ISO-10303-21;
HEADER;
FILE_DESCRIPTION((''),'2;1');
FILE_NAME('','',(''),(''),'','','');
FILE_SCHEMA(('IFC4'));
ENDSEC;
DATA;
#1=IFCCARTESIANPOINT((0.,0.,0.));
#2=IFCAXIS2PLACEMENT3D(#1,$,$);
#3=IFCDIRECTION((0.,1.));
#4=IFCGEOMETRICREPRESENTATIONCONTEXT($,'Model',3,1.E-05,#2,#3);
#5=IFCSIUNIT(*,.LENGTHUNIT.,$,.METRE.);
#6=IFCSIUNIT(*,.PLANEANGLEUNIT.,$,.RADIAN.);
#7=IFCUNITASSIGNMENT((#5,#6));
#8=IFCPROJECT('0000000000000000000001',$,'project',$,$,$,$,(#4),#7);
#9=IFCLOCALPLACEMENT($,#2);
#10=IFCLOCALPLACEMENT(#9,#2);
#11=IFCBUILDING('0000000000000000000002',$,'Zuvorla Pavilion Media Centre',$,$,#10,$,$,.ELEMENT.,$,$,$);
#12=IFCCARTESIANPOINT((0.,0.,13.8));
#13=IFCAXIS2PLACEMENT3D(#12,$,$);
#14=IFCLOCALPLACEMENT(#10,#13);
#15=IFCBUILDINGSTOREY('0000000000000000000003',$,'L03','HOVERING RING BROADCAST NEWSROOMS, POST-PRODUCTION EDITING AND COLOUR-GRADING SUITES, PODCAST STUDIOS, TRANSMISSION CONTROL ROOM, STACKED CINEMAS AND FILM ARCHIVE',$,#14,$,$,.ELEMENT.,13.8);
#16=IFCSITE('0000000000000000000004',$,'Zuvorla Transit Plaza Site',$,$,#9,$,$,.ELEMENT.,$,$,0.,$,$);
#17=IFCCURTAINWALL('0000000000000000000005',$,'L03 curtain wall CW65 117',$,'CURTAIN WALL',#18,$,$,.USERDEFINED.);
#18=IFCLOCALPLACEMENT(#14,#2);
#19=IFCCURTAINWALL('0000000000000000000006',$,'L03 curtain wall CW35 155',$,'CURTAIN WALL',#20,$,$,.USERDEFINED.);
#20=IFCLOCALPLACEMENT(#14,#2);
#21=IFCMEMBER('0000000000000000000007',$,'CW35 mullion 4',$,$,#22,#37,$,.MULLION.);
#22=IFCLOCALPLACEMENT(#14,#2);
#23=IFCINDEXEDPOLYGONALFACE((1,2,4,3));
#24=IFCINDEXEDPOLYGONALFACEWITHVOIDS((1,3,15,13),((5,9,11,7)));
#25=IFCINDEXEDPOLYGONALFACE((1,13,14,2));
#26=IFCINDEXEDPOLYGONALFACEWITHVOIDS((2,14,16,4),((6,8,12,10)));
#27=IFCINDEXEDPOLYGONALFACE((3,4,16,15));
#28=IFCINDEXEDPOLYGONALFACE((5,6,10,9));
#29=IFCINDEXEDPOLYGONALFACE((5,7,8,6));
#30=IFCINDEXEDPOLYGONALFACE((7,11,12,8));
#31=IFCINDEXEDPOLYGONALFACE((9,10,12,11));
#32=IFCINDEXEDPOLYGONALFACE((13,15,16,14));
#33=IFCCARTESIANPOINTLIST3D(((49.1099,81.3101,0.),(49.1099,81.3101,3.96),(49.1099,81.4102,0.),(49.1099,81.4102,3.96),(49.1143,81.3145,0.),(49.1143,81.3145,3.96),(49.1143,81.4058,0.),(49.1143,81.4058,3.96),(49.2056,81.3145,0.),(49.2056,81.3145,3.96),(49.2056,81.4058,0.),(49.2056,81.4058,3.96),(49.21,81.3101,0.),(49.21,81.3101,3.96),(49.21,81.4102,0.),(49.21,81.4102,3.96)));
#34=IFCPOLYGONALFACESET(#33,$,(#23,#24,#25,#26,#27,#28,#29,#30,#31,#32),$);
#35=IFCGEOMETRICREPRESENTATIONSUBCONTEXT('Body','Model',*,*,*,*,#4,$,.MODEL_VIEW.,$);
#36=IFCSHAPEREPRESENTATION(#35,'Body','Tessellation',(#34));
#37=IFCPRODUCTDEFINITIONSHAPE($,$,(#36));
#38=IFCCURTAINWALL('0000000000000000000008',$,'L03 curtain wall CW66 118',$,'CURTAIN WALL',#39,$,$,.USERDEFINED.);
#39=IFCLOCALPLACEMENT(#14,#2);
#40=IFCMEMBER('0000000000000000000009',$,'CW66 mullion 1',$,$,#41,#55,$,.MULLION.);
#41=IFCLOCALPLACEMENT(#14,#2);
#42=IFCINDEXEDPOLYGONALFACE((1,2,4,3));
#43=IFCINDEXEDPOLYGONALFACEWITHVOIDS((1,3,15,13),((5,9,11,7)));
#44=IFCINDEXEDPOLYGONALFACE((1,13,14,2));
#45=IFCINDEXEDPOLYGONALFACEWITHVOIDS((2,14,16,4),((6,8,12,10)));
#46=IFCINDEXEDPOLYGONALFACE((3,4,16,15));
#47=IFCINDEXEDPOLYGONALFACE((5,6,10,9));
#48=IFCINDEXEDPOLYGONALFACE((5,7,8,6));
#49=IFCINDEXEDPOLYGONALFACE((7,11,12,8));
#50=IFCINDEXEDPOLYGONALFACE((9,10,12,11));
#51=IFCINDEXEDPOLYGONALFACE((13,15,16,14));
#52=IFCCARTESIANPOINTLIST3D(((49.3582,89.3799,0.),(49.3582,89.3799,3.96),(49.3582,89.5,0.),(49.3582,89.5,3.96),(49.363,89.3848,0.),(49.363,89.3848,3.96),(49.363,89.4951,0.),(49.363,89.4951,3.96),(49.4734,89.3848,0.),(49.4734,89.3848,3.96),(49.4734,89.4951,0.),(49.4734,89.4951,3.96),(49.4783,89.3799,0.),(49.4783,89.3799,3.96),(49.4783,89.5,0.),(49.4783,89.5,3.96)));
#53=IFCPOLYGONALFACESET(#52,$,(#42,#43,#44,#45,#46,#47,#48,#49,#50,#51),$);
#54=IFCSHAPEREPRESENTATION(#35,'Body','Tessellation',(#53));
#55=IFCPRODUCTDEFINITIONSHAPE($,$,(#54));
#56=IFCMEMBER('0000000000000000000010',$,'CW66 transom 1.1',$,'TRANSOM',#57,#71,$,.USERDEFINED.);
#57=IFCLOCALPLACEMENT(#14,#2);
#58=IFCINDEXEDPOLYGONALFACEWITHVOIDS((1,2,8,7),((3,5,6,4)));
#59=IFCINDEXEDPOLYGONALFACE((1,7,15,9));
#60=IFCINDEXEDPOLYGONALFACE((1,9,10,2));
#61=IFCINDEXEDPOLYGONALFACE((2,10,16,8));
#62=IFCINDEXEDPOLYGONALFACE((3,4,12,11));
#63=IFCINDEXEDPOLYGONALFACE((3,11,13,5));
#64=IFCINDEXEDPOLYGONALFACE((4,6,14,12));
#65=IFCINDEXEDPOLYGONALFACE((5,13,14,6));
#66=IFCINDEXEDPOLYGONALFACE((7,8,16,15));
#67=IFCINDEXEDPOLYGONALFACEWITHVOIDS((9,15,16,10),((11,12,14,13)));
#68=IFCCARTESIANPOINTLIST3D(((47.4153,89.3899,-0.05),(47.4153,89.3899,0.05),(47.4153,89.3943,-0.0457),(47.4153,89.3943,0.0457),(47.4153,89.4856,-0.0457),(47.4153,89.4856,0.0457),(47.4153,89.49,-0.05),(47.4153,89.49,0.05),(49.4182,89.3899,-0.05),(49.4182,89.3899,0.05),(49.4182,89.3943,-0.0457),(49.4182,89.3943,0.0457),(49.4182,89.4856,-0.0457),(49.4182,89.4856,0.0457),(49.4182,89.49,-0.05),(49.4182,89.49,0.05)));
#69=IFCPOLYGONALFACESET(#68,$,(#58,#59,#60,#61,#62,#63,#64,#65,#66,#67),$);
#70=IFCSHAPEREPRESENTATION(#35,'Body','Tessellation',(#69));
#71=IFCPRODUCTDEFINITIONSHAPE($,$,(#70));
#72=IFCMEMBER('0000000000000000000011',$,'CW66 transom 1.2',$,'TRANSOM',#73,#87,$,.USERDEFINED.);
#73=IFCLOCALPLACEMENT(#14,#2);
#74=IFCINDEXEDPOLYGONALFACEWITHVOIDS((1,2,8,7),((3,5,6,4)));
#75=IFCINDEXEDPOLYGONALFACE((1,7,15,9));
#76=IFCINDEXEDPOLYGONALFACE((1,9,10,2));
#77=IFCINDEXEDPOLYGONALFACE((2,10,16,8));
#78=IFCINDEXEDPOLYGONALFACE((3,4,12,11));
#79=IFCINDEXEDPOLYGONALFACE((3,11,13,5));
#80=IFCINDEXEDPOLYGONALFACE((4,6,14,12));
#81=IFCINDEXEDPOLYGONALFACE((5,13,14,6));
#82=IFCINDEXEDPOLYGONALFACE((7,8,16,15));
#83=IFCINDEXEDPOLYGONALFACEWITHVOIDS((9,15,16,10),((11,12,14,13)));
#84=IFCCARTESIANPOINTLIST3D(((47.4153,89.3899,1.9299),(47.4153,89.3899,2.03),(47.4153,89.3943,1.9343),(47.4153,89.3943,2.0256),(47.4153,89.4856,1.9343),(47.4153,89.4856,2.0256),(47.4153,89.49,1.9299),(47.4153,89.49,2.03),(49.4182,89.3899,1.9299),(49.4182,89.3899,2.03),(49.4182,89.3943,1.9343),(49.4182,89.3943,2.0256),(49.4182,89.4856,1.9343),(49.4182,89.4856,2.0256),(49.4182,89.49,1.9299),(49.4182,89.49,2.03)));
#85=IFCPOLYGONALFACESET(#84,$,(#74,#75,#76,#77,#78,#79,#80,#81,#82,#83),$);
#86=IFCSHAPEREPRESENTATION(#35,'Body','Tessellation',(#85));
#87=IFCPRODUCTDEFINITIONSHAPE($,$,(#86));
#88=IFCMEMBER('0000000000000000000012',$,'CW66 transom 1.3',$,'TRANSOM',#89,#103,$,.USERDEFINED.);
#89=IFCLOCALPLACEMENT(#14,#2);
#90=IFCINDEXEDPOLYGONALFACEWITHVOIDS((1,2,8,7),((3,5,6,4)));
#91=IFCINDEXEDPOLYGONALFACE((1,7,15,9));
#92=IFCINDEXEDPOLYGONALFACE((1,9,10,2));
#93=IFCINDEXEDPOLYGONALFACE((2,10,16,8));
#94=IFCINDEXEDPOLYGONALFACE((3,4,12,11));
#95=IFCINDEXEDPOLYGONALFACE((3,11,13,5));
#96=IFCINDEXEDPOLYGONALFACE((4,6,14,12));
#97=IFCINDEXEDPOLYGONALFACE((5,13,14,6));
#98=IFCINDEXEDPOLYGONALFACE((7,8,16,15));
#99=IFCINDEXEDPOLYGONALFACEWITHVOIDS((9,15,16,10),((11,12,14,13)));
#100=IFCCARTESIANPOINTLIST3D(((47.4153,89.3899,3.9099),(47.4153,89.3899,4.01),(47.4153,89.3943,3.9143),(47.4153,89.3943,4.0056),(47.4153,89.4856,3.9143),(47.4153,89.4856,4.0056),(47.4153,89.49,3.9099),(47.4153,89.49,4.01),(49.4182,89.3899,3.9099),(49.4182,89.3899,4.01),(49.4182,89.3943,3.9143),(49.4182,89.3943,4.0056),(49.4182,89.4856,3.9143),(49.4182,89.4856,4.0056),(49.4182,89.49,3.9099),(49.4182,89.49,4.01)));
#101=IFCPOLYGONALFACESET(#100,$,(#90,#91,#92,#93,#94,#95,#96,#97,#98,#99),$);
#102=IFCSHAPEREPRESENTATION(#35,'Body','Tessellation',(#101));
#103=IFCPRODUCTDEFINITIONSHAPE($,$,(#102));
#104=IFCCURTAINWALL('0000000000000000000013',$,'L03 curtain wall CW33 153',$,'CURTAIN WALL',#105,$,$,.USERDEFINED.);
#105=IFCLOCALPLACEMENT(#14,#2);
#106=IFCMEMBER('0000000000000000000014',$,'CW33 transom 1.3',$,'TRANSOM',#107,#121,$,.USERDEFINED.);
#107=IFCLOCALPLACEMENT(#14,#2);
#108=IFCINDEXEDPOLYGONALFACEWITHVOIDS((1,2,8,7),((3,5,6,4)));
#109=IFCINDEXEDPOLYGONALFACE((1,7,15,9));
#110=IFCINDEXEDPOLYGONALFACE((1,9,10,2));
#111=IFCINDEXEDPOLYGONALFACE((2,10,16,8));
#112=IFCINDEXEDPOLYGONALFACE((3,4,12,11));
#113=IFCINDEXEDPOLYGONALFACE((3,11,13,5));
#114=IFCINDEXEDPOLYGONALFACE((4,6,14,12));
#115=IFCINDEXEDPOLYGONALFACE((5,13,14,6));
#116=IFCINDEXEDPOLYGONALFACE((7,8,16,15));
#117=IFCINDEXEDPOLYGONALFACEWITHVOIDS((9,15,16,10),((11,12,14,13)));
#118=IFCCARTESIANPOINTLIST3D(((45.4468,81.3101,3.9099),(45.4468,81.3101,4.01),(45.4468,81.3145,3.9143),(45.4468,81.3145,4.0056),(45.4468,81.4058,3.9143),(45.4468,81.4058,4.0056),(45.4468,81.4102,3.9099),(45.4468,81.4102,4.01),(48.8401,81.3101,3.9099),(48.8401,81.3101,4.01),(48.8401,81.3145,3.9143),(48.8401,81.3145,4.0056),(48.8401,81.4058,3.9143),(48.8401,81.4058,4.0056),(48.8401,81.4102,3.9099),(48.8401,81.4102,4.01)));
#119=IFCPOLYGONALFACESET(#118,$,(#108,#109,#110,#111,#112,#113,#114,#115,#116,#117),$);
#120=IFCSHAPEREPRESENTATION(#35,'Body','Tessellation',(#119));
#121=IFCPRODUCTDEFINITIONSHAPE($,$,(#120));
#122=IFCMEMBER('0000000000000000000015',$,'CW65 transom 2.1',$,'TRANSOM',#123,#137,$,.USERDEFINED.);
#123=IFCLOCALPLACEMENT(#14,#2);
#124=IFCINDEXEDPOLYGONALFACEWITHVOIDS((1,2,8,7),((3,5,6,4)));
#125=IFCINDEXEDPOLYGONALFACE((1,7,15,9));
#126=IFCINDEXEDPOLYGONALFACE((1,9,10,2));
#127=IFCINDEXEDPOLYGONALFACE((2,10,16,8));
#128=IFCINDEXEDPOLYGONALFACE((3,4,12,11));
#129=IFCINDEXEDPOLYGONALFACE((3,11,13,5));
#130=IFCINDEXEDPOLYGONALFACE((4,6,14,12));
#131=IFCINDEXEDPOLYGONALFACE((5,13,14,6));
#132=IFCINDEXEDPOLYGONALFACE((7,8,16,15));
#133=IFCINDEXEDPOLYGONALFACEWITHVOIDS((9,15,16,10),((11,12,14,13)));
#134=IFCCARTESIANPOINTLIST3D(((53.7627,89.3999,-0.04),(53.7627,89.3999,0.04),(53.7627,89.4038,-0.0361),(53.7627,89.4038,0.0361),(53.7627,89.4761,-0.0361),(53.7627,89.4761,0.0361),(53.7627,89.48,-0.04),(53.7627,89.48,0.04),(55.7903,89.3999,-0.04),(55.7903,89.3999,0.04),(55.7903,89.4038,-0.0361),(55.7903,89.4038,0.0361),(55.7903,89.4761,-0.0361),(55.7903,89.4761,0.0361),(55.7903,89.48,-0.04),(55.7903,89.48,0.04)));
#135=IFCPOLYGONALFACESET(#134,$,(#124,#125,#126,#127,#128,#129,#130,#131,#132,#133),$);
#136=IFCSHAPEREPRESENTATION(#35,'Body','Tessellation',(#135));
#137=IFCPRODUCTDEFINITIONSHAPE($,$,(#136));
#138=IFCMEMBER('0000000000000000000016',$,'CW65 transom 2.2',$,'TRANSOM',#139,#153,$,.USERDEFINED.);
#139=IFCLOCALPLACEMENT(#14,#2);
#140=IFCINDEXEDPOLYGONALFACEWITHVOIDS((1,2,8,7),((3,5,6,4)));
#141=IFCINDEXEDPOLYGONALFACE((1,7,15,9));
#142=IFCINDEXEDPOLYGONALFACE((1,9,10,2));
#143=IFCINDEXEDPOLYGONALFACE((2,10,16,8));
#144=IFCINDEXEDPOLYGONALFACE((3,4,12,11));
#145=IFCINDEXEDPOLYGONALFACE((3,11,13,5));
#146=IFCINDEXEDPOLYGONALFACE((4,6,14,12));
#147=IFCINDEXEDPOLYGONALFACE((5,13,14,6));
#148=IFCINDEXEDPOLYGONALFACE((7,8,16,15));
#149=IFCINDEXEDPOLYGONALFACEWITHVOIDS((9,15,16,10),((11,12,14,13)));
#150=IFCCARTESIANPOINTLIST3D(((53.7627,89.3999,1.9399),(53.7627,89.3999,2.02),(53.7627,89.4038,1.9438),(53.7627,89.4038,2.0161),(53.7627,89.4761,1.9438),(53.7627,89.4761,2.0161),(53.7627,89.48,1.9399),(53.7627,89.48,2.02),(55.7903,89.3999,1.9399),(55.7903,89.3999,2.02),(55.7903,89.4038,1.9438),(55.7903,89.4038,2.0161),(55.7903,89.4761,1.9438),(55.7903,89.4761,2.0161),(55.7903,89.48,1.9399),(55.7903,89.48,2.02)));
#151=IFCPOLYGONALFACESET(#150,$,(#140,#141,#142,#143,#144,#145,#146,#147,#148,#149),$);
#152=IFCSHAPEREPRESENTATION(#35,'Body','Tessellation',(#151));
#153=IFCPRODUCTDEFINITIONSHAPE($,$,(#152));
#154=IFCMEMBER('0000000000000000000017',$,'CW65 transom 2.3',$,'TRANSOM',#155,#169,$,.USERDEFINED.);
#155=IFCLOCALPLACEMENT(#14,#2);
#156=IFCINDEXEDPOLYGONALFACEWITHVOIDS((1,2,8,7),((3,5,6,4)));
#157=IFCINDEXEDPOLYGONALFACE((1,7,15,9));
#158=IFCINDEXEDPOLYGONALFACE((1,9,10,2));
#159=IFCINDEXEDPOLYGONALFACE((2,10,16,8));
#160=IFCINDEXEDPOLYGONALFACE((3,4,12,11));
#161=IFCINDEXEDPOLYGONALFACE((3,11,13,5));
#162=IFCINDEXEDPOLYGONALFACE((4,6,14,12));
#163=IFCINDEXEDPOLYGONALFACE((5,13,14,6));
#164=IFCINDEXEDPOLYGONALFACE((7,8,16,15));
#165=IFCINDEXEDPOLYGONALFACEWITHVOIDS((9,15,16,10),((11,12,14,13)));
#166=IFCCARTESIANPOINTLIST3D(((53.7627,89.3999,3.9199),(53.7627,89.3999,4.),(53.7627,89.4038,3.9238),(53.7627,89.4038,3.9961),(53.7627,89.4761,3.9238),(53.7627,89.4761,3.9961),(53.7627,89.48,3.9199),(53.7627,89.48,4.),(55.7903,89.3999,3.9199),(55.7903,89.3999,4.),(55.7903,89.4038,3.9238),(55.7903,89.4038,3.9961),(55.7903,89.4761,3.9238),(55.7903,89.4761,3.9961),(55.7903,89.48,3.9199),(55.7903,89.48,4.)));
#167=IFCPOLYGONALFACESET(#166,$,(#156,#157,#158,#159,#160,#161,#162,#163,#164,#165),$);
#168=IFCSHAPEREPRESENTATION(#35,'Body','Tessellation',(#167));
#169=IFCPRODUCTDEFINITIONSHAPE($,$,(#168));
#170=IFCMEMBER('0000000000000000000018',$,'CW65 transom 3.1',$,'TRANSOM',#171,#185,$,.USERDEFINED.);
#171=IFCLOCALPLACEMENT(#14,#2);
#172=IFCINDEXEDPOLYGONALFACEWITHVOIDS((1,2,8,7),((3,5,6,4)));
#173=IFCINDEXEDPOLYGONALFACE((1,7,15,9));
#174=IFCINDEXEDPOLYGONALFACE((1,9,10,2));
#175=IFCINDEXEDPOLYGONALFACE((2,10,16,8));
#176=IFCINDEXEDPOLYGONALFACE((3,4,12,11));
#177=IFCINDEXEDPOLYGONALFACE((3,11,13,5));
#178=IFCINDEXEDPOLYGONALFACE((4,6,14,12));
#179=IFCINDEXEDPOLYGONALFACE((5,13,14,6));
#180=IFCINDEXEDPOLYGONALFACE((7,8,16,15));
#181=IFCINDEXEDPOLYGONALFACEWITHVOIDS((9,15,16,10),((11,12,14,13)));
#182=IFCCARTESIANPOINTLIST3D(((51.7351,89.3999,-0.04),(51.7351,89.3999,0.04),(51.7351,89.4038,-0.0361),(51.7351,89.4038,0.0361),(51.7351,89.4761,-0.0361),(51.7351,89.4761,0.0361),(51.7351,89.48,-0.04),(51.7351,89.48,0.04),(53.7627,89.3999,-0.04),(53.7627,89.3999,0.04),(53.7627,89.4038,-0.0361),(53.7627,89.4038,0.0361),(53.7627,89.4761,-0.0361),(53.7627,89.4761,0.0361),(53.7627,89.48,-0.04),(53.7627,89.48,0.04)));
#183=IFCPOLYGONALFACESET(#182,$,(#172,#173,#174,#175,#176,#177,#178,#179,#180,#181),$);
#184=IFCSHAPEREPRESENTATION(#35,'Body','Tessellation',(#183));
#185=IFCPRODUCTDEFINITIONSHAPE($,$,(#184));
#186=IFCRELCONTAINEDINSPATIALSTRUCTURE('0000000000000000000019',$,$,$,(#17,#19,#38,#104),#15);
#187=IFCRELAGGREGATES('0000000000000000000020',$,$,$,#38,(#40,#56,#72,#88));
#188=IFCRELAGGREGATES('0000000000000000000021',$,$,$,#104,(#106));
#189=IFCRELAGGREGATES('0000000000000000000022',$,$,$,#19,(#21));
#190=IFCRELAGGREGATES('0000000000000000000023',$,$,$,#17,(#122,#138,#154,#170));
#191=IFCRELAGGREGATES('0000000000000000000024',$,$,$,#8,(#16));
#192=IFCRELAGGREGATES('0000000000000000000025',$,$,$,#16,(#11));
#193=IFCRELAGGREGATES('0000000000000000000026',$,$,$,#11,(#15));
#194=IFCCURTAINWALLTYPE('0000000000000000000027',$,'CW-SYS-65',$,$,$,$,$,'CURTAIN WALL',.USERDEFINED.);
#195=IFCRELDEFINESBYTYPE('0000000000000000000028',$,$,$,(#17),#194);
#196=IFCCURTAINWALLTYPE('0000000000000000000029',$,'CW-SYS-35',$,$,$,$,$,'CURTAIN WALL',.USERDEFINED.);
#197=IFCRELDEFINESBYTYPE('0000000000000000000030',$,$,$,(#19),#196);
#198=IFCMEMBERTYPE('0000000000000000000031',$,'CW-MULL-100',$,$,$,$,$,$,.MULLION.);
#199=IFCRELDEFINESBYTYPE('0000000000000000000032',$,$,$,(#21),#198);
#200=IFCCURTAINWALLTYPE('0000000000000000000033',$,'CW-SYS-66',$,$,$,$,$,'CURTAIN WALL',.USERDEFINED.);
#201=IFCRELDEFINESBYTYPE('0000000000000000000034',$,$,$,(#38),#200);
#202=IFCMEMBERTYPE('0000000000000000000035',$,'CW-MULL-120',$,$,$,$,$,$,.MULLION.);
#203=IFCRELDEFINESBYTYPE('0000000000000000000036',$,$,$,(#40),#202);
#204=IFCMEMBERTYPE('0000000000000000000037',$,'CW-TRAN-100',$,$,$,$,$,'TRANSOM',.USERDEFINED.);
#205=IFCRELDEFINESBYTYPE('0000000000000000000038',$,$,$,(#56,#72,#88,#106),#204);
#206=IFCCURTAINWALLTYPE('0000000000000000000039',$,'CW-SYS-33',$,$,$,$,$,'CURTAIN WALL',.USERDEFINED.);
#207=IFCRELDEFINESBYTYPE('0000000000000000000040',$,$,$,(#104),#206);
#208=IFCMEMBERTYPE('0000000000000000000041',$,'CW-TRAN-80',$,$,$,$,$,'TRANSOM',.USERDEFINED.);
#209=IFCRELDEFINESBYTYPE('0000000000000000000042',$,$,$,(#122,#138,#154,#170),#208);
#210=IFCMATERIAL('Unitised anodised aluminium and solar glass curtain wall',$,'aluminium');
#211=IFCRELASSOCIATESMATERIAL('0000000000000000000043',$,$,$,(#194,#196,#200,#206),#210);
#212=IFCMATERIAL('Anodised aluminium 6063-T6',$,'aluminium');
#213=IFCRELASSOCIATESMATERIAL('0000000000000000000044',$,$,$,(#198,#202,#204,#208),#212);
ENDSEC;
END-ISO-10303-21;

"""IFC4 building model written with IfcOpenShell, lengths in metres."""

from ifc_helpers import new_model, si_unit, direction, frame, origin, origin_2d, place, context, subcontext, project, spatial, hollow_rectangle, extrude, material, material_profile, profile_set, type_object, element, aggregate, save


model = new_model("IFC4")

# Units and contexts
model_context = context("Model", 3, precision=1e-05, world=origin(), true_north=direction((0.0, 1.0)))
body_context = subcontext(model_context, "Body", "Model", "MODEL_VIEW")
ifc_project = project(units=[si_unit("LENGTHUNIT", "METRE"), si_unit("PLANEANGLEUNIT", "RADIAN")], contexts=[model_context])

# Site, building, storey
site_placement = place(None, origin())
site = spatial("IfcSite", under=ifc_project, at=site_placement, Name="Zuvorla Transit Plaza Site", CompositionType="ELEMENT", RefElevation=0.0)
building_placement = place(site_placement, origin())
building = spatial("IfcBuilding", under=site, at=building_placement, Name="Zuvorla Pavilion Media Centre", CompositionType="ELEMENT")
storey_placement = place(building_placement, frame((0.0, 0.0, 13.8)))
storey = spatial("IfcBuildingStorey", under=building, at=storey_placement, Name="L03", Description="HOVERING RING BROADCAST NEWSROOMS, POST-PRODUCTION EDITING AND COLOUR-GRADING SUITES, PODCAST STUDIOS, TRANSMISSION CONTROL ROOM, STACKED CINEMAS AND FILM ARCHIVE", CompositionType="ELEMENT", Elevation=13.8)

# Curtain walls, members
ifc_material_1 = material(Name="Unitised anodised aluminium and solar glass curtain wall", Category="aluminium")
curtain_wall_type_1 = type_object("IfcCurtainWallType", Name="CW-SYS-65", ElementType="CURTAIN WALL", PredefinedType="USERDEFINED", material=ifc_material_1)
curtain_wall_1_placement = place(storey_placement, origin())
curtain_wall_1 = element("IfcCurtainWall", 1, at=curtain_wall_1_placement, inside=storey, type_object=curtain_wall_type_1, Name="L03 curtain wall CW65 117", ObjectType="CURTAIN WALL", PredefinedType="USERDEFINED")
ifc_material_2 = material(Name="Anodised aluminium 6063-T6", Category="aluminium")
ifc_material_profile_1 = material_profile(ifc_material_2, hollow_rectangle(XDim=0.1001, YDim=0.1001, WallThickness=0.0044, at=origin_2d()), Name="ALU MULL 100x100")
ifc_profile_set_1 = profile_set([ifc_material_profile_1], Name="Anodised aluminium 6063-T6")
member_type_1 = type_object("IfcMemberType", Name="CW-MULL-100", PredefinedType="MULLION", material=ifc_profile_set_1)
curtain_wall_type_2 = type_object("IfcCurtainWallType", Name="CW-SYS-35", ElementType="CURTAIN WALL", PredefinedType="USERDEFINED", material=ifc_material_1)
curtain_wall_2_placement = place(storey_placement, origin())
curtain_wall_2 = element("IfcCurtainWall", 2, at=curtain_wall_2_placement, inside=storey, type_object=curtain_wall_type_2, Name="L03 curtain wall CW35 155", ObjectType="CURTAIN WALL", PredefinedType="USERDEFINED")
member_1_placement = place(storey_placement, frame((49.1599, 81.3601, 0.0), z_axis=(0.0, 0.0, 1.0), x_axis=(1.0, 0.0, 0.0)))
member_1 = element("IfcMember", 3, at=member_1_placement, type_object=member_type_1, Name="CW35 mullion 4", PredefinedType="MULLION", context=body_context, shape_type="SweptSolid", body=[
    extrude(hollow_rectangle(XDim=0.1001, YDim=0.1001, WallThickness=0.0044, at=origin_2d()), origin(), (0.0, 0.0, 1.0), 3.96),
])
curtain_wall_type_3 = type_object("IfcCurtainWallType", Name="CW-SYS-66", ElementType="CURTAIN WALL", PredefinedType="USERDEFINED", material=ifc_material_1)
curtain_wall_3_placement = place(storey_placement, origin())
curtain_wall_3 = element("IfcCurtainWall", 4, at=curtain_wall_3_placement, inside=storey, type_object=curtain_wall_type_3, Name="L03 curtain wall CW66 118", ObjectType="CURTAIN WALL", PredefinedType="USERDEFINED")
ifc_material_profile_2 = material_profile(ifc_material_2, hollow_rectangle(XDim=0.1201, YDim=0.1201, WallThickness=0.0049, at=origin_2d()), Name="ALU MULL 120x120")
ifc_profile_set_2 = profile_set([ifc_material_profile_2], Name="Anodised aluminium 6063-T6")
member_type_2 = type_object("IfcMemberType", Name="CW-MULL-120", PredefinedType="MULLION", material=ifc_profile_set_2)
member_2_placement = place(storey_placement, frame((49.4182, 89.4399, 0.0), z_axis=(0.0, 0.0, 1.0), x_axis=(1.0, 0.0, 0.0)))
member_2 = element("IfcMember", 5, at=member_2_placement, type_object=member_type_2, Name="CW66 mullion 1", PredefinedType="MULLION", context=body_context, shape_type="SweptSolid", body=[
    extrude(hollow_rectangle(XDim=0.1201, YDim=0.1201, WallThickness=0.0049, at=origin_2d()), origin(), (0.0, 0.0, 1.0), 3.96),
])
ifc_material_profile_3 = material_profile(ifc_material_2, hollow_rectangle(XDim=0.1001, YDim=0.1001, WallThickness=0.0044, at=origin_2d()), Name="ALU TRAN 100x100")
ifc_profile_set_3 = profile_set([ifc_material_profile_3], Name="Anodised aluminium 6063-T6")
member_type_3 = type_object("IfcMemberType", Name="CW-TRAN-100", ElementType="TRANSOM", PredefinedType="USERDEFINED", material=ifc_profile_set_3)
member_3_placement = place(storey_placement, frame((49.4182, 89.4399, 0.0), z_axis=(-1.0, 0.0, 0.0), x_axis=(0.0, -1.0, 0.0)))
member_3 = element("IfcMember", 6, at=member_3_placement, type_object=member_type_3, Name="CW66 transom 1.1", ObjectType="TRANSOM", PredefinedType="USERDEFINED", context=body_context, shape_type="SweptSolid", body=[
    extrude(hollow_rectangle(XDim=0.1001, YDim=0.1001, WallThickness=0.0044, at=origin_2d()), origin(), (0.0, 0.0, 1.0), 2.0029),
])
member_4_placement = place(storey_placement, frame((49.4182, 89.4399, 1.98), z_axis=(-1.0, 0.0, 0.0), x_axis=(0.0, -1.0, 0.0)))
member_4 = element("IfcMember", 7, at=member_4_placement, type_object=member_type_3, Name="CW66 transom 1.2", ObjectType="TRANSOM", PredefinedType="USERDEFINED", context=body_context, shape_type="SweptSolid", body=[
    extrude(hollow_rectangle(XDim=0.1001, YDim=0.1001, WallThickness=0.0044, at=origin_2d()), origin(), (0.0, 0.0, 1.0), 2.0029),
])
member_5_placement = place(storey_placement, frame((49.4182, 89.4399, 3.96), z_axis=(-1.0, 0.0, 0.0), x_axis=(0.0, -1.0, 0.0)))
member_5 = element("IfcMember", 8, at=member_5_placement, type_object=member_type_3, Name="CW66 transom 1.3", ObjectType="TRANSOM", PredefinedType="USERDEFINED", context=body_context, shape_type="SweptSolid", body=[
    extrude(hollow_rectangle(XDim=0.1001, YDim=0.1001, WallThickness=0.0044, at=origin_2d()), origin(), (0.0, 0.0, 1.0), 2.0029),
])
aggregate(curtain_wall_3, [member_2, member_3, member_4, member_5])

# Curtain wall, member
curtain_wall_type_4 = type_object("IfcCurtainWallType", Name="CW-SYS-33", ElementType="CURTAIN WALL", PredefinedType="USERDEFINED", material=ifc_material_1)
curtain_wall_4_placement = place(storey_placement, origin())
curtain_wall_4 = element("IfcCurtainWall", 9, at=curtain_wall_4_placement, inside=storey, type_object=curtain_wall_type_4, Name="L03 curtain wall CW33 153", ObjectType="CURTAIN WALL", PredefinedType="USERDEFINED")
member_6_placement = place(storey_placement, frame((48.8401, 81.3601, 3.96), z_axis=(-1.0, 0.0, 0.0), x_axis=(0.0, -1.0, 0.0)))
member_6 = element("IfcMember", 10, at=member_6_placement, type_object=member_type_3, Name="CW33 transom 1.3", ObjectType="TRANSOM", PredefinedType="USERDEFINED", context=body_context, shape_type="SweptSolid", body=[
    extrude(hollow_rectangle(XDim=0.1001, YDim=0.1001, WallThickness=0.0044, at=origin_2d()), origin(), (0.0, 0.0, 1.0), 3.3933),
])
aggregate(curtain_wall_4, [member_6])

# Members
ifc_material_profile_4 = material_profile(ifc_material_2, hollow_rectangle(XDim=0.0801, YDim=0.0801, WallThickness=0.0039, at=origin_2d()), Name="ALU TRAN 80x80")
ifc_profile_set_4 = profile_set([ifc_material_profile_4], Name="Anodised aluminium 6063-T6")
member_type_4 = type_object("IfcMemberType", Name="CW-TRAN-80", ElementType="TRANSOM", PredefinedType="USERDEFINED", material=ifc_profile_set_4)
member_7_placement = place(storey_placement, frame((55.7903, 89.4399, 0.0), z_axis=(-1.0, 0.0, 0.0), x_axis=(0.0, -1.0, 0.0)))
member_7 = element("IfcMember", 11, at=member_7_placement, type_object=member_type_4, Name="CW65 transom 2.1", ObjectType="TRANSOM", PredefinedType="USERDEFINED", context=body_context, shape_type="SweptSolid", body=[
    extrude(hollow_rectangle(XDim=0.0801, YDim=0.0801, WallThickness=0.0039, at=origin_2d()), origin(), (0.0, 0.0, 1.0), 2.0276),
])
member_8_placement = place(storey_placement, frame((55.7903, 89.4399, 1.98), z_axis=(-1.0, 0.0, 0.0), x_axis=(0.0, -1.0, 0.0)))
member_8 = element("IfcMember", 12, at=member_8_placement, type_object=member_type_4, Name="CW65 transom 2.2", ObjectType="TRANSOM", PredefinedType="USERDEFINED", context=body_context, shape_type="SweptSolid", body=[
    extrude(hollow_rectangle(XDim=0.0801, YDim=0.0801, WallThickness=0.0039, at=origin_2d()), origin(), (0.0, 0.0, 1.0), 2.0276),
])
member_9_placement = place(storey_placement, frame((55.7903, 89.4399, 3.96), z_axis=(-1.0, 0.0, 0.0), x_axis=(0.0, -1.0, 0.0)))
member_9 = element("IfcMember", 13, at=member_9_placement, type_object=member_type_4, Name="CW65 transom 2.3", ObjectType="TRANSOM", PredefinedType="USERDEFINED", context=body_context, shape_type="SweptSolid", body=[
    extrude(hollow_rectangle(XDim=0.0801, YDim=0.0801, WallThickness=0.0039, at=origin_2d()), origin(), (0.0, 0.0, 1.0), 2.0276),
])
member_10_placement = place(storey_placement, frame((53.7627, 89.4399, 0.0), z_axis=(-1.0, 0.0, 0.0), x_axis=(0.0, -1.0, 0.0)))
member_10 = element("IfcMember", 14, at=member_10_placement, type_object=member_type_4, Name="CW65 transom 3.1", ObjectType="TRANSOM", PredefinedType="USERDEFINED", context=body_context, shape_type="SweptSolid", body=[
    extrude(hollow_rectangle(XDim=0.0801, YDim=0.0801, WallThickness=0.0039, at=origin_2d()), origin(), (0.0, 0.0, 1.0), 2.0276),
])

aggregate(curtain_wall_2, [member_1])
aggregate(curtain_wall_1, [member_7, member_8, member_9, member_10])

save(model, "model.ifc")
